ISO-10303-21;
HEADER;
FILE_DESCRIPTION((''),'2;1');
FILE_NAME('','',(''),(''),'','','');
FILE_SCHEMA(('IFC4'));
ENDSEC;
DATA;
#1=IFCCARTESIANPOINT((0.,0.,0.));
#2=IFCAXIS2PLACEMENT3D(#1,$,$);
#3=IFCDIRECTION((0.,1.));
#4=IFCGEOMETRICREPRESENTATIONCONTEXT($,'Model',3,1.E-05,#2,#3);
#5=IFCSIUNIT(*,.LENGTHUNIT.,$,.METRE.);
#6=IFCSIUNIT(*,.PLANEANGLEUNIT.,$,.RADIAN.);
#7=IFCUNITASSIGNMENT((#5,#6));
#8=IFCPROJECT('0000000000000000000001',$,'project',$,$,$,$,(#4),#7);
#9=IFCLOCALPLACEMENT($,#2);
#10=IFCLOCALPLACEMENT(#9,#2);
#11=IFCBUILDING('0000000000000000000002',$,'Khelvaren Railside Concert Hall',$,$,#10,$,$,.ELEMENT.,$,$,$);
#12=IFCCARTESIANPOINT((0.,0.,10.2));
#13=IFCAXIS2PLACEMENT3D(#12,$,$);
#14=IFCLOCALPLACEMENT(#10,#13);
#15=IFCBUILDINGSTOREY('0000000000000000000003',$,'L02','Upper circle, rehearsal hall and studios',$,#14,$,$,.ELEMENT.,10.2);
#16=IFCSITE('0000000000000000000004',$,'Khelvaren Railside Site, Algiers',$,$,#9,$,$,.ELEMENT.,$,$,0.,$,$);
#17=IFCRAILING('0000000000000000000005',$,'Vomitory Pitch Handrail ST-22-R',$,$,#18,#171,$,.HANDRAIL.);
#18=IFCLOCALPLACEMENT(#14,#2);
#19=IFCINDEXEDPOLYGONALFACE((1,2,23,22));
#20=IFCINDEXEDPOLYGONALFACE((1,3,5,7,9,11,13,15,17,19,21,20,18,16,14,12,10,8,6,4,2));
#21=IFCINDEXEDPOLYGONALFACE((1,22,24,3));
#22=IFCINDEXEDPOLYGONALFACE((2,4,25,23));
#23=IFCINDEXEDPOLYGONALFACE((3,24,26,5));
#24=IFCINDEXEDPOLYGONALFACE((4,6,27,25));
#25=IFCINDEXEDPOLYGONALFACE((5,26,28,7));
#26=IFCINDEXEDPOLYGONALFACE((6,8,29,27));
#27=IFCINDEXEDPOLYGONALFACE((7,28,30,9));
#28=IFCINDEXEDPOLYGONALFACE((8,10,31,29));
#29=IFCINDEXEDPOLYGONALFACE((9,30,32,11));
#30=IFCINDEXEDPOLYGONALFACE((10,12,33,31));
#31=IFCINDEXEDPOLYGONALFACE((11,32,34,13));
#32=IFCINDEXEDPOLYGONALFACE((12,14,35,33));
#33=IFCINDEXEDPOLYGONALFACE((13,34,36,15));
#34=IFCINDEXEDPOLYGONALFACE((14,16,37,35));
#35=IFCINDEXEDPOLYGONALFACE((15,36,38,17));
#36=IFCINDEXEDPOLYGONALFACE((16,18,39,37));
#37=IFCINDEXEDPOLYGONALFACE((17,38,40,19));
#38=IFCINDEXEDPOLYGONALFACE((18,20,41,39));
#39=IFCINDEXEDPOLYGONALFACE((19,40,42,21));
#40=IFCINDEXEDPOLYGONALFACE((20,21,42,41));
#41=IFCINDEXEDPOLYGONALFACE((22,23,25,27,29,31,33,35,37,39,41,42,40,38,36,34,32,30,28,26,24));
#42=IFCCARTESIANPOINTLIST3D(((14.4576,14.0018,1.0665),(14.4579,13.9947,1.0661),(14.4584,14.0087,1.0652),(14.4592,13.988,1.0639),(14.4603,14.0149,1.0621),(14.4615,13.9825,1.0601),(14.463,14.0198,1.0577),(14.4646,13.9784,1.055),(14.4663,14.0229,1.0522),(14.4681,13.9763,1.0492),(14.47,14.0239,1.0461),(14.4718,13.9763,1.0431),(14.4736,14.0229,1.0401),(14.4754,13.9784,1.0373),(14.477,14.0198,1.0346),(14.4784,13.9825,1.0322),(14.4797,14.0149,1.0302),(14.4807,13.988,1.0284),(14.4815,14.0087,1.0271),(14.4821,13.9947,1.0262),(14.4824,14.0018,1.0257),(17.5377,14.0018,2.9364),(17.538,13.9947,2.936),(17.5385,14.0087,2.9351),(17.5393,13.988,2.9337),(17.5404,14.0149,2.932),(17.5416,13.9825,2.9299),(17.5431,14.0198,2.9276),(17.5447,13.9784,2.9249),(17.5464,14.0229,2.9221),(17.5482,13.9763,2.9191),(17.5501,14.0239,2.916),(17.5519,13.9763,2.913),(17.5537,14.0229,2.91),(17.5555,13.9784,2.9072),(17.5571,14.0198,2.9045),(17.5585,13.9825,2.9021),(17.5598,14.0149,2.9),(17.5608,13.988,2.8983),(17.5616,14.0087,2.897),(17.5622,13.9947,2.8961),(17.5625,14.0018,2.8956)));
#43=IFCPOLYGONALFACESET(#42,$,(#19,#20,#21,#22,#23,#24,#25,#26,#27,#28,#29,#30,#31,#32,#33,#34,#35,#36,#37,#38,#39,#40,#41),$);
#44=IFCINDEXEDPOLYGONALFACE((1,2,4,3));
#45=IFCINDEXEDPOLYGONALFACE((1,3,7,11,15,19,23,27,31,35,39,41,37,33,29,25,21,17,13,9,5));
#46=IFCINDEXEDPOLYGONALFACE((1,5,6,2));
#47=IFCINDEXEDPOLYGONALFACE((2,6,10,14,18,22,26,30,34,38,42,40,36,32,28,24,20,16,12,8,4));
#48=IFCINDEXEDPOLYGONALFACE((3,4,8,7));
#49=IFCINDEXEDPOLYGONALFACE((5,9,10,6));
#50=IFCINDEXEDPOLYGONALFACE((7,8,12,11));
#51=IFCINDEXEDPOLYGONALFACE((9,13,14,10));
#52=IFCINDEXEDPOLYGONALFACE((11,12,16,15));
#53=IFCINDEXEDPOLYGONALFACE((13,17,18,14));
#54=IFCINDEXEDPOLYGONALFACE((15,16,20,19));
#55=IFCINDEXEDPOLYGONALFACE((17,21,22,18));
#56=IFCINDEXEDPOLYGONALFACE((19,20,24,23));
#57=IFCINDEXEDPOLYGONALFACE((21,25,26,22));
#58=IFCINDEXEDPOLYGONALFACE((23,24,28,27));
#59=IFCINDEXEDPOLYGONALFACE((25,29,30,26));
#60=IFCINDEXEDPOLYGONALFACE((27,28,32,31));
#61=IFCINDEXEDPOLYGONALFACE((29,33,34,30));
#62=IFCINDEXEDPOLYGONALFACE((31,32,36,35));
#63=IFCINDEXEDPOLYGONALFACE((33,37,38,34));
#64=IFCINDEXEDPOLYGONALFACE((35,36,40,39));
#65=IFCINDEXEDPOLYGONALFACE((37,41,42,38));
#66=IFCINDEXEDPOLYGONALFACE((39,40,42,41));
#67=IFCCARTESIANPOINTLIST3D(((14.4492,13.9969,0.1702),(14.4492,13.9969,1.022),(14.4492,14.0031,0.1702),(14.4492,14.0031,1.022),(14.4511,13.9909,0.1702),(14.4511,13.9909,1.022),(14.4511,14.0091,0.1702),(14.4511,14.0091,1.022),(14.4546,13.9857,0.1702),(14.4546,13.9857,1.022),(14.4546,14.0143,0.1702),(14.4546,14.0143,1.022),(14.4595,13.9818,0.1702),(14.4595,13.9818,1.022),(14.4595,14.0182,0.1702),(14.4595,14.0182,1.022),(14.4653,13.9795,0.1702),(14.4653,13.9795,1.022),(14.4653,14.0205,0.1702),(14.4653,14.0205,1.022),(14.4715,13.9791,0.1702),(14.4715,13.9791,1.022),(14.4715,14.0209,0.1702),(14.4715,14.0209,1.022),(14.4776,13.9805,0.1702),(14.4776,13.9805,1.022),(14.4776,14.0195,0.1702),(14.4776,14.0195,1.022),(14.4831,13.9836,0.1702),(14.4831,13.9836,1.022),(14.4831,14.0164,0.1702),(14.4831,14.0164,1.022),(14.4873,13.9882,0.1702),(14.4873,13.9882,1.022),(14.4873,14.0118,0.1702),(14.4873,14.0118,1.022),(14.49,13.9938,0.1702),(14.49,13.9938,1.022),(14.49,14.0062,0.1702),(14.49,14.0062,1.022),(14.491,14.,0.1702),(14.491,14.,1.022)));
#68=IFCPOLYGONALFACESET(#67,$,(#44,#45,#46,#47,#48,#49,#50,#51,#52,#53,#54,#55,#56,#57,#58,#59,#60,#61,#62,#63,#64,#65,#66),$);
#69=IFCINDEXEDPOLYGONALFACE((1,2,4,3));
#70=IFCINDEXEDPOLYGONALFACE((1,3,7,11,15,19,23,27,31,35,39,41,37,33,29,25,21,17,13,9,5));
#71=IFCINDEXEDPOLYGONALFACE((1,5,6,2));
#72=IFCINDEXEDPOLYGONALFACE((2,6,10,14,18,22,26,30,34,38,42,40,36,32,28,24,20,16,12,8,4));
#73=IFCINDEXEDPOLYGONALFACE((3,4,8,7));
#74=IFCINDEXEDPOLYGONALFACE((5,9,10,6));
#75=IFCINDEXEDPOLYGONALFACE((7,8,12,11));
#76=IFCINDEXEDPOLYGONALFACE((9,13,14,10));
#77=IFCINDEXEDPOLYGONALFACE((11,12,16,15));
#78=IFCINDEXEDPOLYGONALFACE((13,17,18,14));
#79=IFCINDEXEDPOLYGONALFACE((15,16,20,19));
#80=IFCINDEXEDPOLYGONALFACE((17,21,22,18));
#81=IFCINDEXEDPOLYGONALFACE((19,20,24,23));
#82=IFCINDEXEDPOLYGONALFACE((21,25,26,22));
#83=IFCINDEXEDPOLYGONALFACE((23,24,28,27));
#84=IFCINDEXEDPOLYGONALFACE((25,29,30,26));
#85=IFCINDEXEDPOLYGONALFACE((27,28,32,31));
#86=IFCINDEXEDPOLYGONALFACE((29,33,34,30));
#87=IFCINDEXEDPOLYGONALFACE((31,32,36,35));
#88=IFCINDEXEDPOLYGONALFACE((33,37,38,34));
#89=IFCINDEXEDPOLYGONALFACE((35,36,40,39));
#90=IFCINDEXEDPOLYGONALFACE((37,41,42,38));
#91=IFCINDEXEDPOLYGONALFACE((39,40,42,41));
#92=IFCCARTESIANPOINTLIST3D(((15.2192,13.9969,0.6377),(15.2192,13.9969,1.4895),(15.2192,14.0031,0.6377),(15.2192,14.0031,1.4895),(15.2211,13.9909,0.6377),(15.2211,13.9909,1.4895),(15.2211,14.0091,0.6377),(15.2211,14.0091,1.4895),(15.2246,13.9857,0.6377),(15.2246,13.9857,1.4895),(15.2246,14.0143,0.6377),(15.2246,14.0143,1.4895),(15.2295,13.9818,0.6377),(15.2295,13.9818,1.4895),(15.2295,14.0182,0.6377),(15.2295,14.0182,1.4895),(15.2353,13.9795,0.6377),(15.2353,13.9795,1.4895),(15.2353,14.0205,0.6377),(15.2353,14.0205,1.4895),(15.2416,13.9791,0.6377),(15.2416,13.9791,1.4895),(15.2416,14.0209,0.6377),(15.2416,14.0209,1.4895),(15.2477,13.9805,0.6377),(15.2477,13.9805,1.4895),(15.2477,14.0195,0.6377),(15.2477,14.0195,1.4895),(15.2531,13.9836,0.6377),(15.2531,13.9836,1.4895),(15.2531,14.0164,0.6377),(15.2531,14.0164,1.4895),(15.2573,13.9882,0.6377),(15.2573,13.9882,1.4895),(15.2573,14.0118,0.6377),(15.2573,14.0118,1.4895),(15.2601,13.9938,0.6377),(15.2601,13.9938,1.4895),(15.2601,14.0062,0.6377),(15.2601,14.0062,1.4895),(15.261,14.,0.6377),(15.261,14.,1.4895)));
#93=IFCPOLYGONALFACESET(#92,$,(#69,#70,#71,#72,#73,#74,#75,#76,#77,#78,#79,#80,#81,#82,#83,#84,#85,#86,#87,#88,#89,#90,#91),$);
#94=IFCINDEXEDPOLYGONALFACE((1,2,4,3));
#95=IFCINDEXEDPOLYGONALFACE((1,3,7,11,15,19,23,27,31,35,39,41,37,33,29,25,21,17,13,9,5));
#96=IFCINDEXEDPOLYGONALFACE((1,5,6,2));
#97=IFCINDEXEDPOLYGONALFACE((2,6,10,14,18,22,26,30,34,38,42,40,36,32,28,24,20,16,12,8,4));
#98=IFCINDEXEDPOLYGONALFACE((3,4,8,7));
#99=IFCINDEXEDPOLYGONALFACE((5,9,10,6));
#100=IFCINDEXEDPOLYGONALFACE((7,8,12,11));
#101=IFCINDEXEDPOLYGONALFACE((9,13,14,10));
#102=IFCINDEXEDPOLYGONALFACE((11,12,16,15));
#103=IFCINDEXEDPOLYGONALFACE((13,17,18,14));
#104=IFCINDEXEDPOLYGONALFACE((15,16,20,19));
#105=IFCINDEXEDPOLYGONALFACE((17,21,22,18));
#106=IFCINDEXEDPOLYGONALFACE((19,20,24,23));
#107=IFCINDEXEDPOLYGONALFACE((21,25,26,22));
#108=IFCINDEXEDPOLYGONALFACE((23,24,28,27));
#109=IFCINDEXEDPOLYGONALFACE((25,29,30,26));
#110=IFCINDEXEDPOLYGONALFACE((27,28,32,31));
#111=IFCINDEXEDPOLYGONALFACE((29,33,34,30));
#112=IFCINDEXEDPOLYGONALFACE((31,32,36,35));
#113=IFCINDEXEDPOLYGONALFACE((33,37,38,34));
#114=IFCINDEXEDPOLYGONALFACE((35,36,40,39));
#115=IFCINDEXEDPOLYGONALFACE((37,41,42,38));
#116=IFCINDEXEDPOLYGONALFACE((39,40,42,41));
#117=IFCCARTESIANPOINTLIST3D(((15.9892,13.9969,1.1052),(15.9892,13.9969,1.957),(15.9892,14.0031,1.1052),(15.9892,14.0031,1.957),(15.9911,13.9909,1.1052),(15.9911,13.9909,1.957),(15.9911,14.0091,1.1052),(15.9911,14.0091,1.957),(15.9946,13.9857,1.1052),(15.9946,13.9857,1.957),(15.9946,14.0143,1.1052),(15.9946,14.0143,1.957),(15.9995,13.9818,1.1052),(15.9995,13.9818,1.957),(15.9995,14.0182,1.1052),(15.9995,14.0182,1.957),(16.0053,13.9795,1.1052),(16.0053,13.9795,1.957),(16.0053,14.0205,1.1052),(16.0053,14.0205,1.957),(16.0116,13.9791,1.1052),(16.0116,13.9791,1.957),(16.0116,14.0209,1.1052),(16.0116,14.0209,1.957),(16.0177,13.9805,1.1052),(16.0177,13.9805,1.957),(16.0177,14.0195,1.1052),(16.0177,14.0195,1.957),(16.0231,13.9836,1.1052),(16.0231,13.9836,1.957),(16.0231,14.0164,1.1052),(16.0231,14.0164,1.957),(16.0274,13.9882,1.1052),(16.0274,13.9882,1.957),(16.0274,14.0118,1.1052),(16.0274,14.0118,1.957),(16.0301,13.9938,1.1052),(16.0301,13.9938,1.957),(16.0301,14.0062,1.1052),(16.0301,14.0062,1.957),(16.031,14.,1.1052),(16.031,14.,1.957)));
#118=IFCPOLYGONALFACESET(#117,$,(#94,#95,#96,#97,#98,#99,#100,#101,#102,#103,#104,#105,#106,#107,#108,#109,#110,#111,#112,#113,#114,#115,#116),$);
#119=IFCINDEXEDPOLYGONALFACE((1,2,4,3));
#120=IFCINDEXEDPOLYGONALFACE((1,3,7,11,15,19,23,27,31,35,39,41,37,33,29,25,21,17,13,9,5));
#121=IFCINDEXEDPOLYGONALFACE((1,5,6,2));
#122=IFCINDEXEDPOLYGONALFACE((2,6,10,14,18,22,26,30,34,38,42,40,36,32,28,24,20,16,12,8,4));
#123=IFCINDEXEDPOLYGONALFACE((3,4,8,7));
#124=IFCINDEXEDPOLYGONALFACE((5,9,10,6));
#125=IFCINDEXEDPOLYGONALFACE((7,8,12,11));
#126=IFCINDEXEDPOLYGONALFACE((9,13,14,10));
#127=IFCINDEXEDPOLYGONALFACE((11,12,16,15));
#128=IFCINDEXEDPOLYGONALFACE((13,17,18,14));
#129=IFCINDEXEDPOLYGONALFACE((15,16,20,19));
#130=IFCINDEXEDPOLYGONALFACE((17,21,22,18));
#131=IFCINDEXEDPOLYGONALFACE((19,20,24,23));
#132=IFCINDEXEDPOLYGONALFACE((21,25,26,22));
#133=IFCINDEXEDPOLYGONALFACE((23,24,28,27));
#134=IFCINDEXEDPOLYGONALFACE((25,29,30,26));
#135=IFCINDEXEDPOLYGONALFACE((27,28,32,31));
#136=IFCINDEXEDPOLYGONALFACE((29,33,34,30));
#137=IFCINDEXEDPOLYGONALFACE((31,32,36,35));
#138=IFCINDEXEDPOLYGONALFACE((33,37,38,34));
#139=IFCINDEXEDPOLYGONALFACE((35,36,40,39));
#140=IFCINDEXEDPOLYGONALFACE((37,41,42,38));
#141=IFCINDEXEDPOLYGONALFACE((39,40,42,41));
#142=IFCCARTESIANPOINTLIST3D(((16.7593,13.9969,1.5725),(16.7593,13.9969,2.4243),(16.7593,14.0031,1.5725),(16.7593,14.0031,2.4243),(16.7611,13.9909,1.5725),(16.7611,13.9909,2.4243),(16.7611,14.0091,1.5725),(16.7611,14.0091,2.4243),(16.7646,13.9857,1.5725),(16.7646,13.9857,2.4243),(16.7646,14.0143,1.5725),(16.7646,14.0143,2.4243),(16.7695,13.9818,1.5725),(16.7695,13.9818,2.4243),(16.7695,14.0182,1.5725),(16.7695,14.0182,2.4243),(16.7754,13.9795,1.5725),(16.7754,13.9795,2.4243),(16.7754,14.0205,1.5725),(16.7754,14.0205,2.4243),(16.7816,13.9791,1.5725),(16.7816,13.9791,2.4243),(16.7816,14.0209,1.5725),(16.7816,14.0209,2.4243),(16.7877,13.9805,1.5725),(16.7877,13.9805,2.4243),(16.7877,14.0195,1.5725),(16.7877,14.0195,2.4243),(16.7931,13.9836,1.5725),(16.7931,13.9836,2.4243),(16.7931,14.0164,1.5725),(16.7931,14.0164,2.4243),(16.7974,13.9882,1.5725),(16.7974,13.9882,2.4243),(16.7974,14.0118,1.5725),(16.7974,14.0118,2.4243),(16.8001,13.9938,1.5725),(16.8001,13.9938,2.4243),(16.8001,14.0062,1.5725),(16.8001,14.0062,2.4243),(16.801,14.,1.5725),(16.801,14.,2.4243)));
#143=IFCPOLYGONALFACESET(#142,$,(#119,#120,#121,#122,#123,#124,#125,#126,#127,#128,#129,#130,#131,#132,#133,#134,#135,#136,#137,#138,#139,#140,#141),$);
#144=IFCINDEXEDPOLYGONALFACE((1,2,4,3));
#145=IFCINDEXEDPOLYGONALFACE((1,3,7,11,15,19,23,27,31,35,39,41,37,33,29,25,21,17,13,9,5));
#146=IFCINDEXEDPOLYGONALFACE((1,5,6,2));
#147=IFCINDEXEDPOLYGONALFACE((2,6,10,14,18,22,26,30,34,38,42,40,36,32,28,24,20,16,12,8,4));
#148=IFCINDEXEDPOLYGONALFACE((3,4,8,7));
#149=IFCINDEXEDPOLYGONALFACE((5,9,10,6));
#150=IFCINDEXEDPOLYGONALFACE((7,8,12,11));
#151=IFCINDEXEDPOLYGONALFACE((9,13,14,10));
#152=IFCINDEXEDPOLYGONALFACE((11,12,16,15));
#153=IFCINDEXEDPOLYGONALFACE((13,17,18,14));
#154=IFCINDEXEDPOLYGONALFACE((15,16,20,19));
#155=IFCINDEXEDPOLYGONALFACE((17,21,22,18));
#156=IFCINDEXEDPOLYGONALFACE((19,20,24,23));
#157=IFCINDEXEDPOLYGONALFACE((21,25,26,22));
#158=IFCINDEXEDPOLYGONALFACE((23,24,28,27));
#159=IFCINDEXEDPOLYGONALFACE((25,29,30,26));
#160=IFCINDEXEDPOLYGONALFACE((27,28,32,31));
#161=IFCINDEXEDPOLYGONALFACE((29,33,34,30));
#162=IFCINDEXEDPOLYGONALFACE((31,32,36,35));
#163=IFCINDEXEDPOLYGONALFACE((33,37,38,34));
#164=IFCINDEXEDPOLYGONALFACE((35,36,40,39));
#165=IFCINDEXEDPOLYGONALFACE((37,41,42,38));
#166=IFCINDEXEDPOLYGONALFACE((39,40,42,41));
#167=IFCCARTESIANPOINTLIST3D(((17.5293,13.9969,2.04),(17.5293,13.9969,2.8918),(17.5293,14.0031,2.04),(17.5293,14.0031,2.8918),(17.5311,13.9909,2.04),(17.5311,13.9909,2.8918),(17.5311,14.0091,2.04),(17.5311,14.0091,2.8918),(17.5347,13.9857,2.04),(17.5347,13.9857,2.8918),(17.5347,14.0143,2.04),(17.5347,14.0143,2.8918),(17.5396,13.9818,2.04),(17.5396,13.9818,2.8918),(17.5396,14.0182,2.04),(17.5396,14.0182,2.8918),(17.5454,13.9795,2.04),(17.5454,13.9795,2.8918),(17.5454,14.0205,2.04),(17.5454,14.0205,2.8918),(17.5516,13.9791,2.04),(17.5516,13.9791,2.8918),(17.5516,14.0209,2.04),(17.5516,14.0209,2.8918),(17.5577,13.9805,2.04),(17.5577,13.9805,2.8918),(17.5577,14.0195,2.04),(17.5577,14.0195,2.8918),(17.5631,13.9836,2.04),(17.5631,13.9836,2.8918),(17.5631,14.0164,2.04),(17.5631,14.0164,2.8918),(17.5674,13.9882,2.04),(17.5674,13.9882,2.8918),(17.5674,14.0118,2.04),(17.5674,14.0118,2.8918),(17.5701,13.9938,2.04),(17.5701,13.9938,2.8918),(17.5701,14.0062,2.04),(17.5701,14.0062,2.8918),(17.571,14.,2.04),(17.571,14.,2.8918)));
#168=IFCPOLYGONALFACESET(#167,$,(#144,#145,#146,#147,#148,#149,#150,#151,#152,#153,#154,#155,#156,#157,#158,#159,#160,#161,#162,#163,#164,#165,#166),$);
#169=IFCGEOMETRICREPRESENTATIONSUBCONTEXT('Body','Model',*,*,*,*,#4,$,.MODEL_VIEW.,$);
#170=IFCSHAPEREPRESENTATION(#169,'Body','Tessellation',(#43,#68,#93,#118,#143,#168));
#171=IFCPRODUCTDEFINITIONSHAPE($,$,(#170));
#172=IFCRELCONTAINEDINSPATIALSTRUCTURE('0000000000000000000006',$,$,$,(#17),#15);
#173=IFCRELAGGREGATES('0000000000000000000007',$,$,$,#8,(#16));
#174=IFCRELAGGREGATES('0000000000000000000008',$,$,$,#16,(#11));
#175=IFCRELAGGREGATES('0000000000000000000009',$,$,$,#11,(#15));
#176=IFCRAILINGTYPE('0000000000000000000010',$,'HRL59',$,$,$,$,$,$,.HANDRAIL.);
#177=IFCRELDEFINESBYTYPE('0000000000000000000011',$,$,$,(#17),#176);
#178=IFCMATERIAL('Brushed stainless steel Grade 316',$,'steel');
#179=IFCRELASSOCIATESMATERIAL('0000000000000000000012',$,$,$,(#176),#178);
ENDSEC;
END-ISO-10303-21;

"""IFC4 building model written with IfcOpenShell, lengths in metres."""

from ifc_helpers import new_model, si_unit, direction, frame, origin, origin_2d, place, context, subcontext, project, spatial, circle, extrude, material, type_object, element, save


model = new_model("IFC4")

# Units and contexts
model_context = context("Model", 3, precision=1e-05, world=origin(), true_north=direction((0.0, 1.0)))
body_context = subcontext(model_context, "Body", "Model", "MODEL_VIEW")
ifc_project = project(units=[si_unit("LENGTHUNIT", "METRE"), si_unit("PLANEANGLEUNIT", "RADIAN")], contexts=[model_context])

# Site, building, storey
site_placement = place(None, origin())
site = spatial("IfcSite", under=ifc_project, at=site_placement, Name="Khelvaren Railside Site, Algiers", CompositionType="ELEMENT", RefElevation=0.0)
building_placement = place(site_placement, origin())
building = spatial("IfcBuilding", under=site, at=building_placement, Name="Khelvaren Railside Concert Hall", CompositionType="ELEMENT")
storey_placement = place(building_placement, frame((0.0, 0.0, 10.2)))
storey = spatial("IfcBuildingStorey", under=building, at=storey_placement, Name="L02", Description="Upper circle, rehearsal hall and studios", CompositionType="ELEMENT", Elevation=10.2)

# Railing
ifc_material_1 = material(Name="Brushed stainless steel Grade 316", Category="steel")
railing_type_1 = type_object("IfcRailingType", Name="HRL59", PredefinedType="HANDRAIL", material=ifc_material_1)
for number, where, name in (
    (1, (14.47, 14.0, 0.1702), "Vomitory Pitch Handrail ST-22-R"),
):
    element("IfcRailing", number, at=place(storey_placement, frame(where)), inside=storey, type_object=railing_type_1, Name=name, PredefinedType="HANDRAIL", context=body_context, shape_type="SweptSolid", body=[
        extrude(circle(Radius=0.0239, at=origin_2d()), frame((0.0, 0.0, 0.876), z_axis=(0.854809, 0.0, 0.518943), x_axis=(0.0, 1.0, 0.0)), (0.0, 0.0, 1.0), 3.6033),
        extrude(circle(Radius=0.021, at=origin_2d()), origin(), (0.0, 0.0, 1.0), 0.8518),
        extrude(circle(Radius=0.021, at=origin_2d()), frame((0.77, 0.0, 0.4675)), (0.0, 0.0, 1.0), 0.8518),
        extrude(circle(Radius=0.021, at=origin_2d()), frame((1.54, 0.0, 0.9351)), (0.0, 0.0, 1.0), 0.8518),
        extrude(circle(Radius=0.021, at=origin_2d()), frame((2.3101, 0.0, 1.4023)), (0.0, 0.0, 1.0), 0.8518),
        extrude(circle(Radius=0.021, at=origin_2d()), frame((3.0801, 0.0, 1.8699)), (0.0, 0.0, 1.0), 0.8518),
    ])

save(model, "model.ifc")
